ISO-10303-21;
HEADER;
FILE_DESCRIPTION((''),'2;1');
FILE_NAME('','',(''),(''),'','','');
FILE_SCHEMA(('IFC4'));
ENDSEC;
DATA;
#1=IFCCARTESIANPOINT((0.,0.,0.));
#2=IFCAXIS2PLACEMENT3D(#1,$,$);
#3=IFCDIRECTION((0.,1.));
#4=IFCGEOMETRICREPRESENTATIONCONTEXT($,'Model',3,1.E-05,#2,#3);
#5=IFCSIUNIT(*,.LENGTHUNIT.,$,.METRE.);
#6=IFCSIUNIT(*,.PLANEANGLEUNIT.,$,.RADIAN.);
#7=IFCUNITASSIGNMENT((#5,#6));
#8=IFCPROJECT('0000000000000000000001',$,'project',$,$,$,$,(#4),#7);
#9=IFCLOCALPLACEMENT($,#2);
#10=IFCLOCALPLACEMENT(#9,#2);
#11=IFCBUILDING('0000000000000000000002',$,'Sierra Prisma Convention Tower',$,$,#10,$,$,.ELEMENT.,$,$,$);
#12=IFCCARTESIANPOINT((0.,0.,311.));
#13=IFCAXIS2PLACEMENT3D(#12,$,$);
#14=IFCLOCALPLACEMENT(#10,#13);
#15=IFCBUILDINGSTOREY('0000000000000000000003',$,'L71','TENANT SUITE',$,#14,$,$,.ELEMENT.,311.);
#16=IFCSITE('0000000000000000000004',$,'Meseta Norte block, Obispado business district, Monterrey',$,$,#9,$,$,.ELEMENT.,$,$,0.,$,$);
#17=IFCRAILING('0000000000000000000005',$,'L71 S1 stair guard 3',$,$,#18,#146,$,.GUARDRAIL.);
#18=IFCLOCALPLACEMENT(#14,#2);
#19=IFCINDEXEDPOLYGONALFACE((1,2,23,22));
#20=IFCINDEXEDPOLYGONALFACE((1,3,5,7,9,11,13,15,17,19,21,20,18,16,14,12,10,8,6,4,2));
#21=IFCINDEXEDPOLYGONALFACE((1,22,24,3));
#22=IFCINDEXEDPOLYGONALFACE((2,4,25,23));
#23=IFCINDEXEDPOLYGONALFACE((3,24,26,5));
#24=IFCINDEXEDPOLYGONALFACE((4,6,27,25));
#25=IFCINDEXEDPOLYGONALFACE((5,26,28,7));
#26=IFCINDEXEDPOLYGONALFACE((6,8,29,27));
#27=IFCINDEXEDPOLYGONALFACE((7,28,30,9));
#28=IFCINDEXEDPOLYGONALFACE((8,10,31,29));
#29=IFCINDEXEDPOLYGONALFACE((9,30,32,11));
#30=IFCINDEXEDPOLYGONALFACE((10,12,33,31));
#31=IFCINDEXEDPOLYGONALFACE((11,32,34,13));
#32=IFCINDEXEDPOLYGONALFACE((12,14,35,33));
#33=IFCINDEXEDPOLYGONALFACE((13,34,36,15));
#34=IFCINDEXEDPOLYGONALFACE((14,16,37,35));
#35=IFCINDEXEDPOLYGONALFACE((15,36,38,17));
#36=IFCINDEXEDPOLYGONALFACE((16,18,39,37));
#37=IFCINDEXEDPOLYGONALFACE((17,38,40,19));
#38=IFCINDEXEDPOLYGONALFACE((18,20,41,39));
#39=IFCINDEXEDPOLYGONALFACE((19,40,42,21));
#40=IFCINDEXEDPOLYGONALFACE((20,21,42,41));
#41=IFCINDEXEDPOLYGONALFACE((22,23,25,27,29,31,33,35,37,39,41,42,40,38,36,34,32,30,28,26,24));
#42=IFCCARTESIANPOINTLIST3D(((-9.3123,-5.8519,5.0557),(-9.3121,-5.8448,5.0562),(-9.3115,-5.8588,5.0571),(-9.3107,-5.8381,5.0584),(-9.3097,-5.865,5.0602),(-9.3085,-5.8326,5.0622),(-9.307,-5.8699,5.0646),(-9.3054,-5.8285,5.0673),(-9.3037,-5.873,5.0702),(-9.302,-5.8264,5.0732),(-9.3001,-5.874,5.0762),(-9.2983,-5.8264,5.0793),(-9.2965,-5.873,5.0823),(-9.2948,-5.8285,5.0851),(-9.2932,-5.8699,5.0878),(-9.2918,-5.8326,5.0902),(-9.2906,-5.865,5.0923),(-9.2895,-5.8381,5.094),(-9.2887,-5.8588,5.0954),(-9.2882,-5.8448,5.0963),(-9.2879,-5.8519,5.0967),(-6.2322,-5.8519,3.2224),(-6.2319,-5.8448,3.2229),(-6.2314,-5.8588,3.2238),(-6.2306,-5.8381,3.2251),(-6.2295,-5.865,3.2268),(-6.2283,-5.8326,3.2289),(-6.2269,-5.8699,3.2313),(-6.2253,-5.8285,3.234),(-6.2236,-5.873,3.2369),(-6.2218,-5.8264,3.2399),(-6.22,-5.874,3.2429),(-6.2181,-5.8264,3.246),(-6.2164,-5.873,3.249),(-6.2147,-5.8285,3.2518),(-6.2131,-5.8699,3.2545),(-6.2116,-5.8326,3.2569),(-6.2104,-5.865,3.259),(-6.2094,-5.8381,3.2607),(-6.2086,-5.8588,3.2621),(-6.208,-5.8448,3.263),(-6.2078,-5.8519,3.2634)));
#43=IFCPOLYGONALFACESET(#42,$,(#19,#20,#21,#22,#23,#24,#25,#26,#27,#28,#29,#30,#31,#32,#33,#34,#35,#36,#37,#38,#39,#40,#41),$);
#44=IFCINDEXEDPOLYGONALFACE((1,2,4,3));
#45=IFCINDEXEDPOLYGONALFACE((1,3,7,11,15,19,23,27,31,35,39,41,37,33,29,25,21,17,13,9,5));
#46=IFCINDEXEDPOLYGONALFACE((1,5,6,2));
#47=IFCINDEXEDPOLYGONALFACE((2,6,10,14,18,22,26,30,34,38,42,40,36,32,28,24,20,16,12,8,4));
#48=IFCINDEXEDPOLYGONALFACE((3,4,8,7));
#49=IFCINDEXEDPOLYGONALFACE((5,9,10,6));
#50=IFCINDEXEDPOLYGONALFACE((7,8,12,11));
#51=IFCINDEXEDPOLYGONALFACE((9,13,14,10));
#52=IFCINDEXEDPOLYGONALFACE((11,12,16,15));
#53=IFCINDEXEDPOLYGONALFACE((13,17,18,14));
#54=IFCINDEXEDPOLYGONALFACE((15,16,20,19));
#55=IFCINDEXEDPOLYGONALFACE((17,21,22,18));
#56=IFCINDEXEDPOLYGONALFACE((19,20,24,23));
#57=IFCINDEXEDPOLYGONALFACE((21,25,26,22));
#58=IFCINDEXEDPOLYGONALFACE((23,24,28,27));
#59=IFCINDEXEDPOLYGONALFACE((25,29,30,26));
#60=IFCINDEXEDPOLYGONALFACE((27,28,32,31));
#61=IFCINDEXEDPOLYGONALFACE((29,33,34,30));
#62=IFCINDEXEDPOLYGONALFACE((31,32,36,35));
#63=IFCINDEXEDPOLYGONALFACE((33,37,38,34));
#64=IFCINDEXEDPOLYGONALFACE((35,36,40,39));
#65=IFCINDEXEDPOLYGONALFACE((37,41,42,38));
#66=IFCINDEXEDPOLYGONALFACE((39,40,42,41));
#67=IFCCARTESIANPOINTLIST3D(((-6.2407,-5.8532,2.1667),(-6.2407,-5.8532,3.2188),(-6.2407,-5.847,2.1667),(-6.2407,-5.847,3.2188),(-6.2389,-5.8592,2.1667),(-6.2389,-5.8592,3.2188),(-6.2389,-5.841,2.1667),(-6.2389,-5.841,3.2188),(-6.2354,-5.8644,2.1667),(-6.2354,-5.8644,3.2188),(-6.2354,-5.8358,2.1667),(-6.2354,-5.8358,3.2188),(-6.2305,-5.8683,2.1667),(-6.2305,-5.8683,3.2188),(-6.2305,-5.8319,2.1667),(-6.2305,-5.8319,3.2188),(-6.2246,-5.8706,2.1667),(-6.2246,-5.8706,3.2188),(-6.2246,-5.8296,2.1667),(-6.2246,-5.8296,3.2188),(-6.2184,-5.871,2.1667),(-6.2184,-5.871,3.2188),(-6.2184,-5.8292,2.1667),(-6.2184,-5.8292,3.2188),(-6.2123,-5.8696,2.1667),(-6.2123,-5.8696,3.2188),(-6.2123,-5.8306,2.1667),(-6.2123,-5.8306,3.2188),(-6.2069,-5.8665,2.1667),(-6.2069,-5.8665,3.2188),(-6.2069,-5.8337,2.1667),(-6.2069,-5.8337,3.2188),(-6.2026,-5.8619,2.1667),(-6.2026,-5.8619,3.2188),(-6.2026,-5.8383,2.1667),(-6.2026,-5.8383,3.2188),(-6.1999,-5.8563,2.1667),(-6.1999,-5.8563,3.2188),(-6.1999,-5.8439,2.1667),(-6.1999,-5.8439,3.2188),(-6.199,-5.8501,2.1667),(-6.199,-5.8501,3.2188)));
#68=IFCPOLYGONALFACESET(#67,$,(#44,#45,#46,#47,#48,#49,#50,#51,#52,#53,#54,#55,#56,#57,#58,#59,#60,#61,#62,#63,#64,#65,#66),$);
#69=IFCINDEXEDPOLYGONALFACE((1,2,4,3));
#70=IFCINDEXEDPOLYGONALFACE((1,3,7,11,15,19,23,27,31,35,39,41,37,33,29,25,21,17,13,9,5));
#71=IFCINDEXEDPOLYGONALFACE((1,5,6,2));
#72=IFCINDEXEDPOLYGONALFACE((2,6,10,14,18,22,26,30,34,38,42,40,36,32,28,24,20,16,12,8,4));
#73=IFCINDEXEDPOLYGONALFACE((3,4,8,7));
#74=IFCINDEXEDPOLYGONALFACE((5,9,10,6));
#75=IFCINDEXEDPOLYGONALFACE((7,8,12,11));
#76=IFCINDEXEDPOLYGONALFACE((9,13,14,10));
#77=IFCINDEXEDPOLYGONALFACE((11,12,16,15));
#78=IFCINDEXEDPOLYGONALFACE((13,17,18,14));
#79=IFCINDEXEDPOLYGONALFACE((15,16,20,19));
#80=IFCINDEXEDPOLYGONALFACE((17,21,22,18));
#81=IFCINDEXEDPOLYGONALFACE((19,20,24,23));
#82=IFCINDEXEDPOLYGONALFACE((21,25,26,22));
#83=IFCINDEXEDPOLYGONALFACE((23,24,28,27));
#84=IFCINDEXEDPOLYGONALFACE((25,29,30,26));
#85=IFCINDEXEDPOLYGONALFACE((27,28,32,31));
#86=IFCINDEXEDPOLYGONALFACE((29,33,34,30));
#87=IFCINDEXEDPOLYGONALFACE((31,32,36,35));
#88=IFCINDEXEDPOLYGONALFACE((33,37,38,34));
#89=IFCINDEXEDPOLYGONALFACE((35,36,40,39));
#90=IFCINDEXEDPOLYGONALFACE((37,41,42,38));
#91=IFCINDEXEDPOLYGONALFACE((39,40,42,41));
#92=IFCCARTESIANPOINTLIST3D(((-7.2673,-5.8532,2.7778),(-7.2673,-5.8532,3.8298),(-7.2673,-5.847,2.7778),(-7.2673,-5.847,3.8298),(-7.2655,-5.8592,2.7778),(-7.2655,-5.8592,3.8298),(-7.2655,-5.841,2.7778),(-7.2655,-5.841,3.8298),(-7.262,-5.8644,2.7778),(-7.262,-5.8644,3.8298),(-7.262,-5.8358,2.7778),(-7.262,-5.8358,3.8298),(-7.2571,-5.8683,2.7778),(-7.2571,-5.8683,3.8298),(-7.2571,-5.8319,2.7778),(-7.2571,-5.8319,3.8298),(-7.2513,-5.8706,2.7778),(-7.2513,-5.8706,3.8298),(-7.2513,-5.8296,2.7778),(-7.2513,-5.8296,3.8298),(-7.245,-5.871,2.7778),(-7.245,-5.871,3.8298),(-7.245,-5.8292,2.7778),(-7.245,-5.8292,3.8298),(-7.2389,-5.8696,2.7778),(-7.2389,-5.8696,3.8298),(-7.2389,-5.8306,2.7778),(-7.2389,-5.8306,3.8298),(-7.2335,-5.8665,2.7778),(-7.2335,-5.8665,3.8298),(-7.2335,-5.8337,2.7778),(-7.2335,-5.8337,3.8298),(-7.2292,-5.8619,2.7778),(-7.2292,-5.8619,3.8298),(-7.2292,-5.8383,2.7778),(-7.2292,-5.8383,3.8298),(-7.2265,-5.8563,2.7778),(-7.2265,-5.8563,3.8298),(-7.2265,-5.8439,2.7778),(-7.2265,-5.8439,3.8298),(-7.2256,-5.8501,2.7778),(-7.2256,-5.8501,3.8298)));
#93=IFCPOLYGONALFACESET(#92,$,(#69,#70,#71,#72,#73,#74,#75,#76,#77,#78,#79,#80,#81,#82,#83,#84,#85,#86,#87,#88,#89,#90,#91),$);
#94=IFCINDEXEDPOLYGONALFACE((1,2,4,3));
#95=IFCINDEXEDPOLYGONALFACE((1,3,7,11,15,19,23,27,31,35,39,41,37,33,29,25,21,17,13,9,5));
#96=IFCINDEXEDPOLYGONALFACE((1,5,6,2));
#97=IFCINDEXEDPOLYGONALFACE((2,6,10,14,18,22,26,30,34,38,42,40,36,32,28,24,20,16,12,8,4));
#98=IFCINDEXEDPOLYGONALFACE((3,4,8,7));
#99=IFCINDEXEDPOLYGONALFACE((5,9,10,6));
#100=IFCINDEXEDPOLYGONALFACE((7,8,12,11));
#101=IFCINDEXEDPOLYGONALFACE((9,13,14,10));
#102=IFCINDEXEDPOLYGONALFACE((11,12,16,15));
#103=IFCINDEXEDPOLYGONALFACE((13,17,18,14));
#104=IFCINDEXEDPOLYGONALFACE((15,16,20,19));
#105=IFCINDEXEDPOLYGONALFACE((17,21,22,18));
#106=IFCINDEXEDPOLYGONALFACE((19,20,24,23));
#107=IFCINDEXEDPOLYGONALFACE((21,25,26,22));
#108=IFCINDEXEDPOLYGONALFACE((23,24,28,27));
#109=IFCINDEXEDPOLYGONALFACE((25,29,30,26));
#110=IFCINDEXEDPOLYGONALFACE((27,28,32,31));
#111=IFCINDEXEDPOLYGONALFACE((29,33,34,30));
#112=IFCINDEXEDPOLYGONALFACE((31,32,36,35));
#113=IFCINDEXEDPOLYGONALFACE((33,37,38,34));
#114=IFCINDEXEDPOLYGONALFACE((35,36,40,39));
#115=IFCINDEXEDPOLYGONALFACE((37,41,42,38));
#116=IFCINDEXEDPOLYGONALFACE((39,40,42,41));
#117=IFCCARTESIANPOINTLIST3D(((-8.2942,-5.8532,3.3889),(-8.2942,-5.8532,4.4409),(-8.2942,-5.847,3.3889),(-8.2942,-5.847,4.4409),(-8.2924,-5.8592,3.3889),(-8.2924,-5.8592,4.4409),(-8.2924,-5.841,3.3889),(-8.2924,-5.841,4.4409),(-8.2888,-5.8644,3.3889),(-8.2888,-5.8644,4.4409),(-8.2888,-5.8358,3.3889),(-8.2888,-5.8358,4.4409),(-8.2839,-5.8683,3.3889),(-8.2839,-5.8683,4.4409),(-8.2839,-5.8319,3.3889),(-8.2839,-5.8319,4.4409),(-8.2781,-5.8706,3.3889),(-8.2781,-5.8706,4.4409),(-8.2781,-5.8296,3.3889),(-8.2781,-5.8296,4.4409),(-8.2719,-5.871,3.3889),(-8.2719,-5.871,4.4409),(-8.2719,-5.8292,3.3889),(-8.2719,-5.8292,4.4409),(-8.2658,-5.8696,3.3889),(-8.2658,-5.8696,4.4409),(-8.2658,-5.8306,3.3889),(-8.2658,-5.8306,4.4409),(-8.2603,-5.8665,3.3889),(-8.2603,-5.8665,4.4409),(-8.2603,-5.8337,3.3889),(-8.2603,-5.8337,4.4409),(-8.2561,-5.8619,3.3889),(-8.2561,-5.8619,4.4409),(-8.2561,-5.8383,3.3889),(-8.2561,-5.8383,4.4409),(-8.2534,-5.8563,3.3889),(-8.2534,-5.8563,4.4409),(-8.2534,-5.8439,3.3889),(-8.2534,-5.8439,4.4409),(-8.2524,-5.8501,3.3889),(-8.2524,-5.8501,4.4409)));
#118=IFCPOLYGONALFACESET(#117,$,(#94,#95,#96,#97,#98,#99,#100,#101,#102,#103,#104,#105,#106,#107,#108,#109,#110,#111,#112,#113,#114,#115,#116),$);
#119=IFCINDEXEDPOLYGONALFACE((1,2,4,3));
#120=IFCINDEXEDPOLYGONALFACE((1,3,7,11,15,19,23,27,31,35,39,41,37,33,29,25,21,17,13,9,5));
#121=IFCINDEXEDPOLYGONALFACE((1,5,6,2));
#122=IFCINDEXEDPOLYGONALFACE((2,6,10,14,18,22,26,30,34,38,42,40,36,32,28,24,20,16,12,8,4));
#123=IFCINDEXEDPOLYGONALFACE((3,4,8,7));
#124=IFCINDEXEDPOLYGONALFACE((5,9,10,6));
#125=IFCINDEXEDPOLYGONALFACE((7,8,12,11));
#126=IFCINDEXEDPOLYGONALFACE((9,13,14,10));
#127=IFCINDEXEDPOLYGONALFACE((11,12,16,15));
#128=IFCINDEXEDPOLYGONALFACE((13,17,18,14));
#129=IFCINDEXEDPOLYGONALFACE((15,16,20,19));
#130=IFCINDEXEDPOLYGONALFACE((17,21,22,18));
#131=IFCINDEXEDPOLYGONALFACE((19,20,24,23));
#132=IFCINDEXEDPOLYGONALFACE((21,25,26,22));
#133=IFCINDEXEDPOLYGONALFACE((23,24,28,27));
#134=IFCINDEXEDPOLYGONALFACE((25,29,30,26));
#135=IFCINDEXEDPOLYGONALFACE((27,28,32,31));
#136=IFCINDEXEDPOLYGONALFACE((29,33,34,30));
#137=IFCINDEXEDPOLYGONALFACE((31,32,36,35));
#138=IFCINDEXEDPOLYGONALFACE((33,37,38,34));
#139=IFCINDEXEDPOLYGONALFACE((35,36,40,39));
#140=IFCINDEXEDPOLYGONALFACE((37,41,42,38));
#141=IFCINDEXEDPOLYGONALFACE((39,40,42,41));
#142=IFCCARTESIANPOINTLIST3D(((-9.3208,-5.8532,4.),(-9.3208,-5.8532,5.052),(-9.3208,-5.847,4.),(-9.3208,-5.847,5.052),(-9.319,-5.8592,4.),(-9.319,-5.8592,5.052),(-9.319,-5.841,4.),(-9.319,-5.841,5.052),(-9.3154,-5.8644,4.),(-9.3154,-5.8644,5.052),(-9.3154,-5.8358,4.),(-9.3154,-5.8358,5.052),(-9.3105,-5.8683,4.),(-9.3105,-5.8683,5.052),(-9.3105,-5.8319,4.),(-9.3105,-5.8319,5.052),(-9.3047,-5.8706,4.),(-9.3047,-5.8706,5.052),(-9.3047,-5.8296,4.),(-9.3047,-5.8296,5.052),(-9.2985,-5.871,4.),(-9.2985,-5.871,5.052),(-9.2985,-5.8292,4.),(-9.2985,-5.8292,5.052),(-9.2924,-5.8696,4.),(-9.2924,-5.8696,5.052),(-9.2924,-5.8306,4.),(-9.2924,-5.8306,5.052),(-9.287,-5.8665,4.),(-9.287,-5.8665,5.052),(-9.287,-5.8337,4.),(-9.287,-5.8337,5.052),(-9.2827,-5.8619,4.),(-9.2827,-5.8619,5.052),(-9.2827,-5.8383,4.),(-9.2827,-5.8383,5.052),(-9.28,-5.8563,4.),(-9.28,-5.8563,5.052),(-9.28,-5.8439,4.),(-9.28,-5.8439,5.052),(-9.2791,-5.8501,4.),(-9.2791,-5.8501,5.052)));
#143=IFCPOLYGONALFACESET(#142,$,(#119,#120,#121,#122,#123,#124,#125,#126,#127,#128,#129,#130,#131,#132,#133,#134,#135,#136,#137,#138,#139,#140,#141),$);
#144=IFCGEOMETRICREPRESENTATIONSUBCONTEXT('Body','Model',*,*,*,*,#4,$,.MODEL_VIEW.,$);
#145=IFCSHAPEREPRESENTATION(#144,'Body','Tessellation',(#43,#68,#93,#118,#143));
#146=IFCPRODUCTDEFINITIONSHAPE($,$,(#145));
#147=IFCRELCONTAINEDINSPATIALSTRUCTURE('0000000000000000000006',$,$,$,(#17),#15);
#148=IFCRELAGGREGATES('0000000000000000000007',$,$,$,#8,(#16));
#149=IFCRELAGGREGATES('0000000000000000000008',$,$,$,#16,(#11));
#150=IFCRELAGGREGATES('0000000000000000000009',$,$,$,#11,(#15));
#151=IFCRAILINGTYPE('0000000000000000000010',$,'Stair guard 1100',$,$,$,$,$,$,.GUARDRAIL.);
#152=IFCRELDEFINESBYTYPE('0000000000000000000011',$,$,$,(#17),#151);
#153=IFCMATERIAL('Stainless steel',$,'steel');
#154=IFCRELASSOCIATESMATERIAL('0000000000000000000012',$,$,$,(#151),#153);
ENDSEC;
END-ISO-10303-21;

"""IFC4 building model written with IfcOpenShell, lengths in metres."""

from ifc_helpers import new_model, si_unit, direction, frame, origin, origin_2d, place, context, subcontext, project, spatial, circle, extrude, material, type_object, element, save


model = new_model("IFC4")

# Units and contexts
model_context = context("Model", 3, precision=1e-05, world=origin(), true_north=direction((0.0, 1.0)))
body_context = subcontext(model_context, "Body", "Model", "MODEL_VIEW")
ifc_project = project(units=[si_unit("LENGTHUNIT", "METRE"), si_unit("PLANEANGLEUNIT", "RADIAN")], contexts=[model_context])

# Site, building, storey
site_placement = place(None, origin())
site = spatial("IfcSite", under=ifc_project, at=site_placement, Name="Meseta Norte block, Obispado business district, Monterrey", CompositionType="ELEMENT", RefElevation=0.0)
building_placement = place(site_placement, origin())
building = spatial("IfcBuilding", under=site, at=building_placement, Name="Sierra Prisma Convention Tower", CompositionType="ELEMENT")
storey_placement = place(building_placement, frame((0.0, 0.0, 311.0)))
storey = spatial("IfcBuildingStorey", under=building, at=storey_placement, Name="L71", Description="TENANT SUITE", CompositionType="ELEMENT", Elevation=311.0)

# Railing
ifc_material_1 = material(Name="Stainless steel", Category="steel")
railing_type_1 = type_object("IfcRailingType", Name="Stair guard 1100", PredefinedType="GUARDRAIL", material=ifc_material_1)
railing_1_placement = place(storey_placement, frame((-6.22, -5.8501, 2.1667)))
element("IfcRailing", 1, at=railing_1_placement, inside=storey, type_object=railing_type_1, Name="L71 S1 stair guard 3", PredefinedType="GUARDRAIL", context=body_context, shape_type="SweptSolid", body=[
    extrude(circle(Radius=0.0239, at=origin_2d()), frame((0.0, 0.0, 1.0762), z_axis=(-0.859309, 0.0, 0.511458), x_axis=(0.0, -1.0, 0.0)), (0.0, 0.0, 1.0), 3.5845),
    extrude(circle(Radius=0.021, at=origin_2d()), origin(), (0.0, 0.0, 1.0), 1.052),
    extrude(circle(Radius=0.021, at=origin_2d()), frame((-1.0266, 0.0, 0.6111)), (0.0, 0.0, 1.0), 1.052),
    extrude(circle(Radius=0.021, at=origin_2d()), frame((-2.0535, 0.0, 1.2222)), (0.0, 0.0, 1.0), 1.052),
    extrude(circle(Radius=0.021, at=origin_2d()), frame((-3.0801, 0.0, 1.8333)), (0.0, 0.0, 1.0), 1.052),
])

save(model, "model.ifc")
